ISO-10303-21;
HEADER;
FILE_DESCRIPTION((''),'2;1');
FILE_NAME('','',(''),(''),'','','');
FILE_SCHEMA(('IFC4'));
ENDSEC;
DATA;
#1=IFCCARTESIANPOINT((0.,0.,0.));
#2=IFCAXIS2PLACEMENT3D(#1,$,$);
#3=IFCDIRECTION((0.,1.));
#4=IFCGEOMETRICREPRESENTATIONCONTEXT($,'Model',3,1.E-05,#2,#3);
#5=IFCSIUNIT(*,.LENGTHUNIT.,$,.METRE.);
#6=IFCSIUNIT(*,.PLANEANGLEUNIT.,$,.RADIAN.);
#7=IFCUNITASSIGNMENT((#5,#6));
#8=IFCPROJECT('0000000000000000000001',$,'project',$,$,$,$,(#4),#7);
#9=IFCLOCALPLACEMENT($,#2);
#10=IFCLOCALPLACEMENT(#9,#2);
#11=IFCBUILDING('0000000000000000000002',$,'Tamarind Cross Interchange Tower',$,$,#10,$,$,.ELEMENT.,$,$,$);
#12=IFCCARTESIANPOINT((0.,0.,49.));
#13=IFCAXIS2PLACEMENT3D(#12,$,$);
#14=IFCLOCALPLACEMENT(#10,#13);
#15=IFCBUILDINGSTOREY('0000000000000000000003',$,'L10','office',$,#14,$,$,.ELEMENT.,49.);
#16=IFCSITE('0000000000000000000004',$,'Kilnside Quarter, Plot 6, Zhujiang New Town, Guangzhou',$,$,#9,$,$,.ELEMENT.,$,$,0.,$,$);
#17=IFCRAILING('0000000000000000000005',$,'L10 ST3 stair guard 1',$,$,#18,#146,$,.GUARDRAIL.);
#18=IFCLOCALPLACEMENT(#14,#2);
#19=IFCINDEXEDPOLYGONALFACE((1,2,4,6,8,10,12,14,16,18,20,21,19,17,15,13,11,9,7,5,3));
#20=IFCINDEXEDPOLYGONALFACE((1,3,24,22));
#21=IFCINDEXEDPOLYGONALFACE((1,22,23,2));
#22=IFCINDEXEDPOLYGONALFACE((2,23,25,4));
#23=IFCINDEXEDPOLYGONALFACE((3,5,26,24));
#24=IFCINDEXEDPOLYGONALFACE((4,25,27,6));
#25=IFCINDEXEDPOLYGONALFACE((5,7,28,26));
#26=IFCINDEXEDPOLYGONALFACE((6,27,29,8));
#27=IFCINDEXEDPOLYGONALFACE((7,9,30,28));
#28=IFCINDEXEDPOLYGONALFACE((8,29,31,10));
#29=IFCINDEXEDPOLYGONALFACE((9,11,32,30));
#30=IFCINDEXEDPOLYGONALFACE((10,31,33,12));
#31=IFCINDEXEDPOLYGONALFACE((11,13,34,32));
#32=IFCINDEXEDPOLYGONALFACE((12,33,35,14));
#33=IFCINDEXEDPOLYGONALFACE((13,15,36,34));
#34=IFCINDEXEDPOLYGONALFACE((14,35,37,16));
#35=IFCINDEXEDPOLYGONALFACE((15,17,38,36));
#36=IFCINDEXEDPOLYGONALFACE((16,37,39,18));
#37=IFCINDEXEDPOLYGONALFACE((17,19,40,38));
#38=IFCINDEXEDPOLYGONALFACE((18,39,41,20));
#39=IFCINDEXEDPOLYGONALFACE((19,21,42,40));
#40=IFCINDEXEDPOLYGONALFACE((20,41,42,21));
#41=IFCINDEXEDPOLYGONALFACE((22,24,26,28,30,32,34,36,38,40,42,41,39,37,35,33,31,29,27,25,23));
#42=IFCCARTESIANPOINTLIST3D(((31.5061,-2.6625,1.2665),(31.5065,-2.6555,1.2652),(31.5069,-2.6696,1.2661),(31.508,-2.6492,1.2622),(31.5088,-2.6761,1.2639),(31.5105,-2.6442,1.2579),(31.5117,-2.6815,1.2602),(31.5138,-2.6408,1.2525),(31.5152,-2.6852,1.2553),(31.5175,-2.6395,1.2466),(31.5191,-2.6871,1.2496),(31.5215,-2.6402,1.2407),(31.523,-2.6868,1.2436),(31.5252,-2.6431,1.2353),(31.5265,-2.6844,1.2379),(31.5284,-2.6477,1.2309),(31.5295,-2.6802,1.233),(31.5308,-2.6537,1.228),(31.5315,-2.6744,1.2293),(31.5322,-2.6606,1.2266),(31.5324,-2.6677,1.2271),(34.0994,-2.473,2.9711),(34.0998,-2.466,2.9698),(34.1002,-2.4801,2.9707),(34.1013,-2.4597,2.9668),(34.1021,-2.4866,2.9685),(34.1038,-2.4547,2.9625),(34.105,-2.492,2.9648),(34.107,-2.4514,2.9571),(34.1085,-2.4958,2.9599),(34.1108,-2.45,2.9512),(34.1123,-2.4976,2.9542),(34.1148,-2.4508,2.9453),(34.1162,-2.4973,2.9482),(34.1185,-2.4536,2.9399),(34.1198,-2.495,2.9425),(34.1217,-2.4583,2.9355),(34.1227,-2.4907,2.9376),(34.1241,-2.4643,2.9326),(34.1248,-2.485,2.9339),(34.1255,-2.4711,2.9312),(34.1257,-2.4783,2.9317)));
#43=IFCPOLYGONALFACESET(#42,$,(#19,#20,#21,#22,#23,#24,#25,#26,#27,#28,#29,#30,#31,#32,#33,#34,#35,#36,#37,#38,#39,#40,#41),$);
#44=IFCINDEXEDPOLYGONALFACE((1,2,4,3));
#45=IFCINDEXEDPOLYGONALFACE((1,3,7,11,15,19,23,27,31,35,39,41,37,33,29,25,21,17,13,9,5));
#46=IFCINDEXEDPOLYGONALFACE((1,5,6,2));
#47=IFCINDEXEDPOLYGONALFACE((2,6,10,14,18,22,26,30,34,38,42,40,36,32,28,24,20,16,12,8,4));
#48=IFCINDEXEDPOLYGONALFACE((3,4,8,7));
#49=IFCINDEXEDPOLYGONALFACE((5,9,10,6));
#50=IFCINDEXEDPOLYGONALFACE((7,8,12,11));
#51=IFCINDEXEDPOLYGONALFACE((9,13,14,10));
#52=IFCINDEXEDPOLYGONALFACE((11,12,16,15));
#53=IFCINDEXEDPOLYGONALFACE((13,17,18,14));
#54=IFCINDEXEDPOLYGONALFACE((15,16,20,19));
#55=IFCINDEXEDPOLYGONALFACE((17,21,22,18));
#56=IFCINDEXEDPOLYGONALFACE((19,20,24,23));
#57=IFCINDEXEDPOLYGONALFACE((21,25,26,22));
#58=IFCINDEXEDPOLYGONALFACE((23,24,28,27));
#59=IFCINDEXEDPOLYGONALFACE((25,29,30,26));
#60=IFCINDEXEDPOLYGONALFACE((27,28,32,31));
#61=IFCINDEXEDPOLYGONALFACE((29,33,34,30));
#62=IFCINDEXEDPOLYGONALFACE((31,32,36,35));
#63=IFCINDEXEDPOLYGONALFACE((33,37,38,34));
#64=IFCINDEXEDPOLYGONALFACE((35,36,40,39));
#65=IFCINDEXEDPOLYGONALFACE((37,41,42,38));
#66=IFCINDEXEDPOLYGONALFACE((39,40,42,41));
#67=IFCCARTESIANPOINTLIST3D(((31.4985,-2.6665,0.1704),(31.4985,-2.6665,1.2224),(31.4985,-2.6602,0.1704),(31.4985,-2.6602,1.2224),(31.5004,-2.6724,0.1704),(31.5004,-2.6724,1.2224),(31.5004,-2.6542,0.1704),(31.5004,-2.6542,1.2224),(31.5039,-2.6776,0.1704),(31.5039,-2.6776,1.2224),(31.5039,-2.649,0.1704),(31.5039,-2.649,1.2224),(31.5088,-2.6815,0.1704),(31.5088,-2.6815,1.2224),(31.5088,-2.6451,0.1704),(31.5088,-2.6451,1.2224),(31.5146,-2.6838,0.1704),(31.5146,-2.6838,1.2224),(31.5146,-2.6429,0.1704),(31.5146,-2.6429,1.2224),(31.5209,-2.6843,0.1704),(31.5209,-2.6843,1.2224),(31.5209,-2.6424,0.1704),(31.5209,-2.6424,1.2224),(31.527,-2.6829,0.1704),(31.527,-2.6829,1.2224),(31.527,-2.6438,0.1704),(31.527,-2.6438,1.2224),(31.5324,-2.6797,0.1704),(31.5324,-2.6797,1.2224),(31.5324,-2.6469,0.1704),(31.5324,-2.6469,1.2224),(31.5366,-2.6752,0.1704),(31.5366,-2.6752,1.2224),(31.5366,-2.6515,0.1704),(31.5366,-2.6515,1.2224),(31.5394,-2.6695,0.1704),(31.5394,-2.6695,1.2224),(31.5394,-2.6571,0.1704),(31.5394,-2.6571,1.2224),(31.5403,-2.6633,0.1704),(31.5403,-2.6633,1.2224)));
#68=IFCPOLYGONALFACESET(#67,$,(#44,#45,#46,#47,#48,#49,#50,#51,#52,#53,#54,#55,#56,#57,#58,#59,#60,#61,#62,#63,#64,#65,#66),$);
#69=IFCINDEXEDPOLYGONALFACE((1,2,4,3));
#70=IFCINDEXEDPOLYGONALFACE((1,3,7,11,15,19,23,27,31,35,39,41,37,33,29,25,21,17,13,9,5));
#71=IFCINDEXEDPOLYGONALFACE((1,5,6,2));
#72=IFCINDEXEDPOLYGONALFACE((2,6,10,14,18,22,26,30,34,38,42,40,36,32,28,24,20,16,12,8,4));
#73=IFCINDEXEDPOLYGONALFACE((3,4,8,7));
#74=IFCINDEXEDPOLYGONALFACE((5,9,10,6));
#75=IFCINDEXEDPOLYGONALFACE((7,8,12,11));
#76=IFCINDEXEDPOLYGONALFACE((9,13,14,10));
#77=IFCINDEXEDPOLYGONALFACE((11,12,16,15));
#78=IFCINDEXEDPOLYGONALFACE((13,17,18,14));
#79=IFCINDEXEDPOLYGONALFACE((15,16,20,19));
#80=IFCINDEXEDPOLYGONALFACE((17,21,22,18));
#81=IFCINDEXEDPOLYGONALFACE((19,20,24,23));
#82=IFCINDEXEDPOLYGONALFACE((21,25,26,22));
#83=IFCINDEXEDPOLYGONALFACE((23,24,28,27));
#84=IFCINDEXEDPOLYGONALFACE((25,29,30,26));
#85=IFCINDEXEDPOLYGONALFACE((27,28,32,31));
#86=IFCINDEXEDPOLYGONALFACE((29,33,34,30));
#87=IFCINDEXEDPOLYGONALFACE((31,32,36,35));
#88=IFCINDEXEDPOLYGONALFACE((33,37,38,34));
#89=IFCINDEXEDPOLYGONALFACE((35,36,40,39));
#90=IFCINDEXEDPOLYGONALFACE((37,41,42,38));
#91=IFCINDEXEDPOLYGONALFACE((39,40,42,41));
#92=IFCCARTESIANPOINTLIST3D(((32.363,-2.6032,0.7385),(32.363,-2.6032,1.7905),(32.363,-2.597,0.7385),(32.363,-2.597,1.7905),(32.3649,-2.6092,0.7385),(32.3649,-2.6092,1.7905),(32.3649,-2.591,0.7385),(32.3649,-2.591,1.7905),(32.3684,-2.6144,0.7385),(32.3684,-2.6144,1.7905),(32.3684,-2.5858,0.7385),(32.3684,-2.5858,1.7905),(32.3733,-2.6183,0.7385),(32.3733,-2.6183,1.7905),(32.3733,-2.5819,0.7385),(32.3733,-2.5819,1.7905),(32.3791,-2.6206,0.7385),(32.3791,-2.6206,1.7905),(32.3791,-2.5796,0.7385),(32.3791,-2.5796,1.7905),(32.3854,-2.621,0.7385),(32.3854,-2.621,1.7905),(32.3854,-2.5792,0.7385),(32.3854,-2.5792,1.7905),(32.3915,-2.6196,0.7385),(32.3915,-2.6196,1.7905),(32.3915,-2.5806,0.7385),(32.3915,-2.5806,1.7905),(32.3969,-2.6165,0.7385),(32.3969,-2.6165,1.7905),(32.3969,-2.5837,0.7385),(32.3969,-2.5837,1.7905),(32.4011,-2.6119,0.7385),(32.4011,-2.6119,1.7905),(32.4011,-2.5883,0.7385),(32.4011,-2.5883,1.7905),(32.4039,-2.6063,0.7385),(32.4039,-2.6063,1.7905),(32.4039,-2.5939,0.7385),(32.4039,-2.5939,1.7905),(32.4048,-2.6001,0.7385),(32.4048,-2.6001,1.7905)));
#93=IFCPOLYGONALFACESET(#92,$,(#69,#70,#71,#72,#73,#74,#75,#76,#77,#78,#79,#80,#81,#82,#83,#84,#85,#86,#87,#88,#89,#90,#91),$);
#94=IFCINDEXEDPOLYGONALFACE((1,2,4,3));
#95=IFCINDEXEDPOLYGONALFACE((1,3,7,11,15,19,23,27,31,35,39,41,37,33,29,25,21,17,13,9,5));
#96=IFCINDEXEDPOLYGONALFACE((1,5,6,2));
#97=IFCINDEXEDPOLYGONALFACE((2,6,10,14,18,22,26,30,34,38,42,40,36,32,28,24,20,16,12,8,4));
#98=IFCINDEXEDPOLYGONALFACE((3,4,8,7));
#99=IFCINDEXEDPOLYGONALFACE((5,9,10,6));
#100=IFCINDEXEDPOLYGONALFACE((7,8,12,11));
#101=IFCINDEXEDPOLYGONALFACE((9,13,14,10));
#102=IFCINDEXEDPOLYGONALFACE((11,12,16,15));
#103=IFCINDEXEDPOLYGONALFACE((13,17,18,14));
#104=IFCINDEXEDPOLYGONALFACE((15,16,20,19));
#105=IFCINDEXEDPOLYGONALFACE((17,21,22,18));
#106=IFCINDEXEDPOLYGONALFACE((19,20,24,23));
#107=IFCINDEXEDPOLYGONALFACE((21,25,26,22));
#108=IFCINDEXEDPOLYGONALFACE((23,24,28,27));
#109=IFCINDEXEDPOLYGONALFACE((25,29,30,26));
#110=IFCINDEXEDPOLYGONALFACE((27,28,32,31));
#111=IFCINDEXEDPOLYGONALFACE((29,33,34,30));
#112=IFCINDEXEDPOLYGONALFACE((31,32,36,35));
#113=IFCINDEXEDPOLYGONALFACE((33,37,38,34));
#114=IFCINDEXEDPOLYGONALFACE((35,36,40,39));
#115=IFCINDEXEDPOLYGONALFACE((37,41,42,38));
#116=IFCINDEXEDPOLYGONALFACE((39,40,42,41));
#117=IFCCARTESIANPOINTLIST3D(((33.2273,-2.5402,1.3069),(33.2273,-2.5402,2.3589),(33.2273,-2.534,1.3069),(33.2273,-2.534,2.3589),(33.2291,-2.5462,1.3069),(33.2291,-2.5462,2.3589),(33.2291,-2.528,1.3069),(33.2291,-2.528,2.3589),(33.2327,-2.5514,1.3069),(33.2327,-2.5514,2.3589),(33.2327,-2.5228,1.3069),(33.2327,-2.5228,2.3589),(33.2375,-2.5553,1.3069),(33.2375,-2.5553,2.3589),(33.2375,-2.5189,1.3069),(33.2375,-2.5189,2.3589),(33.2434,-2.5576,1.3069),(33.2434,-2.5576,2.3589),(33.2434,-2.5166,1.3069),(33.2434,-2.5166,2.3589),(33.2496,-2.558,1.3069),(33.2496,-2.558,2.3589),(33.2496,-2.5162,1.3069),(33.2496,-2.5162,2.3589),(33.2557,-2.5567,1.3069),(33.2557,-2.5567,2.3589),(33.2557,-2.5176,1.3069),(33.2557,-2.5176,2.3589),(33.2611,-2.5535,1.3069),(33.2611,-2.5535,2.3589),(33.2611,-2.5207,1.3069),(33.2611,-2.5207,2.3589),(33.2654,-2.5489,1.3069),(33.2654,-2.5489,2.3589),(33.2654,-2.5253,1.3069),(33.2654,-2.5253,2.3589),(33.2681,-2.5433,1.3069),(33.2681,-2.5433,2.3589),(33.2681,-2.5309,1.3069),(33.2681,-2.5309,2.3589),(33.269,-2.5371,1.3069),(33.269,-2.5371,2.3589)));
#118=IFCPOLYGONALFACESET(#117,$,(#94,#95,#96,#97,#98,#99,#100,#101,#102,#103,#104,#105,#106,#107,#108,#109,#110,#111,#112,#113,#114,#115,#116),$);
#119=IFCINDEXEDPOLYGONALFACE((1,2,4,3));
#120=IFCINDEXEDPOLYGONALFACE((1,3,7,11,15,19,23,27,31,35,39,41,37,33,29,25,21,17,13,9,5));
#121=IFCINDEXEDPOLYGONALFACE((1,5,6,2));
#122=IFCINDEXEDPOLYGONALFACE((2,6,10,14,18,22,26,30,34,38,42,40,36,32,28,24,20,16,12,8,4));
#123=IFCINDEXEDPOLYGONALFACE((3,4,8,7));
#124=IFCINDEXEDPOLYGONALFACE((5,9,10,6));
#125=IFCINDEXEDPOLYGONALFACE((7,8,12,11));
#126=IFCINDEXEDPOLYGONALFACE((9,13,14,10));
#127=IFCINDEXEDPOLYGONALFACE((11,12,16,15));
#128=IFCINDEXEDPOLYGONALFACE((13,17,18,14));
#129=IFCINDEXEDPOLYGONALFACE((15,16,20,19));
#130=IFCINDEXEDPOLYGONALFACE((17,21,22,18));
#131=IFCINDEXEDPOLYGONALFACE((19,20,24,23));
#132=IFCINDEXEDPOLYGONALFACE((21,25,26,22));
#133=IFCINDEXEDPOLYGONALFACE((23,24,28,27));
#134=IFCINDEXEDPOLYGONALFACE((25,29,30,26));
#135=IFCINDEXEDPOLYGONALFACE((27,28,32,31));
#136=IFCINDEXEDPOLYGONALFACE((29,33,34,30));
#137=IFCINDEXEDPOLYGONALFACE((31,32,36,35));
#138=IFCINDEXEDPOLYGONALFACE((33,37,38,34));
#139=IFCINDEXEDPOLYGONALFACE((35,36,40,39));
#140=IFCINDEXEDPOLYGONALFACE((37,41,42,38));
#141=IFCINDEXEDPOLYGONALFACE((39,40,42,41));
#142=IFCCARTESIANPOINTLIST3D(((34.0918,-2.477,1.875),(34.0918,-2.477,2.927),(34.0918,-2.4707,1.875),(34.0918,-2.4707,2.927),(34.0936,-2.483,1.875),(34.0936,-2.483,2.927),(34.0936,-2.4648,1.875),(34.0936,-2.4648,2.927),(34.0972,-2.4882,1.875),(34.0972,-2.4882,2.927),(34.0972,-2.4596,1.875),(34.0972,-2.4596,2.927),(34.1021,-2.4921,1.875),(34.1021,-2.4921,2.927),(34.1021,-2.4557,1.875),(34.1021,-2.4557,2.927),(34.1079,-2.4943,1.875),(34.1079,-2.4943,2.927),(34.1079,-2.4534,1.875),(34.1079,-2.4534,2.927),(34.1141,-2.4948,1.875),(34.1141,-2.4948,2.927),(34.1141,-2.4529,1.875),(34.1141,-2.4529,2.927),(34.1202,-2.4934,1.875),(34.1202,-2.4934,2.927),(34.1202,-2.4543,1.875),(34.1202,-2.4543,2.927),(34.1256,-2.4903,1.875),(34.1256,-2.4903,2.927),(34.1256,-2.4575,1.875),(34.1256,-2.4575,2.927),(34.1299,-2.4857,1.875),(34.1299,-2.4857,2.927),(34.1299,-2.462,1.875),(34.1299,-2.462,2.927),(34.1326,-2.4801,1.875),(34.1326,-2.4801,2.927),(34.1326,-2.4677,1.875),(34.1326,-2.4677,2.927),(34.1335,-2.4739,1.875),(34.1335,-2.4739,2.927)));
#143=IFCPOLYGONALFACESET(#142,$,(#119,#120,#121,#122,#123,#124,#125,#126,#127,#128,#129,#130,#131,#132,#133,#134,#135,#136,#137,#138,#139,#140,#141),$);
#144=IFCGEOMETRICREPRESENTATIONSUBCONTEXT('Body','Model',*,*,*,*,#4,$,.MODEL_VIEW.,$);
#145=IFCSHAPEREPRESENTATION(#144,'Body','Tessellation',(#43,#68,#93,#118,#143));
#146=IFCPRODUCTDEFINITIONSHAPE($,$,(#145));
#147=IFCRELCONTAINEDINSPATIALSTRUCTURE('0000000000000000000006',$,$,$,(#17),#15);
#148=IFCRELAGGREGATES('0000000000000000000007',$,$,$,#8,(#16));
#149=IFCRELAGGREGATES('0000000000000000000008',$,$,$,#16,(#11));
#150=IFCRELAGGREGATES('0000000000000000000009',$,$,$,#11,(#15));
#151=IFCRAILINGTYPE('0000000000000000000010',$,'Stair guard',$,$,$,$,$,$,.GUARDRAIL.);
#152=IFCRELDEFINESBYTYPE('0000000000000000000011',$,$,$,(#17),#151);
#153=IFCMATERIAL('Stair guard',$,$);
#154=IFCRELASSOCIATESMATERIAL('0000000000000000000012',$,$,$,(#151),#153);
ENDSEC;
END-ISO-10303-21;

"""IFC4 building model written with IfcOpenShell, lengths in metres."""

from ifc_helpers import new_model, si_unit, direction, frame, origin, origin_2d, place, context, subcontext, project, spatial, circle, extrude, material, type_object, element, save


model = new_model("IFC4")

# Units and contexts
model_context = context("Model", 3, precision=1e-05, world=origin(), true_north=direction((0.0, 1.0)))
body_context = subcontext(model_context, "Body", "Model", "MODEL_VIEW")
ifc_project = project(units=[si_unit("LENGTHUNIT", "METRE"), si_unit("PLANEANGLEUNIT", "RADIAN")], contexts=[model_context])

# Site, building, storey
site_placement = place(None, origin())
site = spatial("IfcSite", under=ifc_project, at=site_placement, Name="Kilnside Quarter, Plot 6, Zhujiang New Town, Guangzhou", CompositionType="ELEMENT", RefElevation=0.0)
building_placement = place(site_placement, origin())
building = spatial("IfcBuilding", under=site, at=building_placement, Name="Tamarind Cross Interchange Tower", CompositionType="ELEMENT")
storey_placement = place(building_placement, frame((0.0, 0.0, 49.0)))
storey = spatial("IfcBuildingStorey", under=building, at=storey_placement, Name="L10", Description="office", CompositionType="ELEMENT", Elevation=49.0)

# Railing
ifc_material_1 = material(Name="Stair guard")
railing_type_1 = type_object("IfcRailingType", Name="Stair guard", PredefinedType="GUARDRAIL", material=ifc_material_1)
railing_1_placement = place(storey_placement, frame((31.5193, -2.6633, 0.1704)))
element("IfcRailing", 1, at=railing_1_placement, inside=storey, type_object=railing_type_1, Name="L10 ST3 stair guard 1", PredefinedType="GUARDRAIL", context=body_context, shape_type="SweptSolid", body=[
    extrude(circle(Radius=0.0239, at=origin_2d()), frame((0.0, 0.0, 1.0762), z_axis=(0.834087, 0.060935, 0.548258), x_axis=(-0.072862, 0.997342, 0.0)), (0.0, 0.0, 1.0), 3.1091),
    extrude(circle(Radius=0.021, at=origin_2d()), origin(), (0.0, 0.0, 1.0), 1.052),
    extrude(circle(Radius=0.021, at=origin_2d()), frame((0.8645, 0.0632, 0.5681)), (0.0, 0.0, 1.0), 1.052),
    extrude(circle(Radius=0.021, at=origin_2d()), frame((1.7288, 0.1262, 1.1365)), (0.0, 0.0, 1.0), 1.052),
    extrude(circle(Radius=0.021, at=origin_2d()), frame((2.5933, 0.1895, 1.7046)), (0.0, 0.0, 1.0), 1.052),
])

save(model, "model.ifc")
